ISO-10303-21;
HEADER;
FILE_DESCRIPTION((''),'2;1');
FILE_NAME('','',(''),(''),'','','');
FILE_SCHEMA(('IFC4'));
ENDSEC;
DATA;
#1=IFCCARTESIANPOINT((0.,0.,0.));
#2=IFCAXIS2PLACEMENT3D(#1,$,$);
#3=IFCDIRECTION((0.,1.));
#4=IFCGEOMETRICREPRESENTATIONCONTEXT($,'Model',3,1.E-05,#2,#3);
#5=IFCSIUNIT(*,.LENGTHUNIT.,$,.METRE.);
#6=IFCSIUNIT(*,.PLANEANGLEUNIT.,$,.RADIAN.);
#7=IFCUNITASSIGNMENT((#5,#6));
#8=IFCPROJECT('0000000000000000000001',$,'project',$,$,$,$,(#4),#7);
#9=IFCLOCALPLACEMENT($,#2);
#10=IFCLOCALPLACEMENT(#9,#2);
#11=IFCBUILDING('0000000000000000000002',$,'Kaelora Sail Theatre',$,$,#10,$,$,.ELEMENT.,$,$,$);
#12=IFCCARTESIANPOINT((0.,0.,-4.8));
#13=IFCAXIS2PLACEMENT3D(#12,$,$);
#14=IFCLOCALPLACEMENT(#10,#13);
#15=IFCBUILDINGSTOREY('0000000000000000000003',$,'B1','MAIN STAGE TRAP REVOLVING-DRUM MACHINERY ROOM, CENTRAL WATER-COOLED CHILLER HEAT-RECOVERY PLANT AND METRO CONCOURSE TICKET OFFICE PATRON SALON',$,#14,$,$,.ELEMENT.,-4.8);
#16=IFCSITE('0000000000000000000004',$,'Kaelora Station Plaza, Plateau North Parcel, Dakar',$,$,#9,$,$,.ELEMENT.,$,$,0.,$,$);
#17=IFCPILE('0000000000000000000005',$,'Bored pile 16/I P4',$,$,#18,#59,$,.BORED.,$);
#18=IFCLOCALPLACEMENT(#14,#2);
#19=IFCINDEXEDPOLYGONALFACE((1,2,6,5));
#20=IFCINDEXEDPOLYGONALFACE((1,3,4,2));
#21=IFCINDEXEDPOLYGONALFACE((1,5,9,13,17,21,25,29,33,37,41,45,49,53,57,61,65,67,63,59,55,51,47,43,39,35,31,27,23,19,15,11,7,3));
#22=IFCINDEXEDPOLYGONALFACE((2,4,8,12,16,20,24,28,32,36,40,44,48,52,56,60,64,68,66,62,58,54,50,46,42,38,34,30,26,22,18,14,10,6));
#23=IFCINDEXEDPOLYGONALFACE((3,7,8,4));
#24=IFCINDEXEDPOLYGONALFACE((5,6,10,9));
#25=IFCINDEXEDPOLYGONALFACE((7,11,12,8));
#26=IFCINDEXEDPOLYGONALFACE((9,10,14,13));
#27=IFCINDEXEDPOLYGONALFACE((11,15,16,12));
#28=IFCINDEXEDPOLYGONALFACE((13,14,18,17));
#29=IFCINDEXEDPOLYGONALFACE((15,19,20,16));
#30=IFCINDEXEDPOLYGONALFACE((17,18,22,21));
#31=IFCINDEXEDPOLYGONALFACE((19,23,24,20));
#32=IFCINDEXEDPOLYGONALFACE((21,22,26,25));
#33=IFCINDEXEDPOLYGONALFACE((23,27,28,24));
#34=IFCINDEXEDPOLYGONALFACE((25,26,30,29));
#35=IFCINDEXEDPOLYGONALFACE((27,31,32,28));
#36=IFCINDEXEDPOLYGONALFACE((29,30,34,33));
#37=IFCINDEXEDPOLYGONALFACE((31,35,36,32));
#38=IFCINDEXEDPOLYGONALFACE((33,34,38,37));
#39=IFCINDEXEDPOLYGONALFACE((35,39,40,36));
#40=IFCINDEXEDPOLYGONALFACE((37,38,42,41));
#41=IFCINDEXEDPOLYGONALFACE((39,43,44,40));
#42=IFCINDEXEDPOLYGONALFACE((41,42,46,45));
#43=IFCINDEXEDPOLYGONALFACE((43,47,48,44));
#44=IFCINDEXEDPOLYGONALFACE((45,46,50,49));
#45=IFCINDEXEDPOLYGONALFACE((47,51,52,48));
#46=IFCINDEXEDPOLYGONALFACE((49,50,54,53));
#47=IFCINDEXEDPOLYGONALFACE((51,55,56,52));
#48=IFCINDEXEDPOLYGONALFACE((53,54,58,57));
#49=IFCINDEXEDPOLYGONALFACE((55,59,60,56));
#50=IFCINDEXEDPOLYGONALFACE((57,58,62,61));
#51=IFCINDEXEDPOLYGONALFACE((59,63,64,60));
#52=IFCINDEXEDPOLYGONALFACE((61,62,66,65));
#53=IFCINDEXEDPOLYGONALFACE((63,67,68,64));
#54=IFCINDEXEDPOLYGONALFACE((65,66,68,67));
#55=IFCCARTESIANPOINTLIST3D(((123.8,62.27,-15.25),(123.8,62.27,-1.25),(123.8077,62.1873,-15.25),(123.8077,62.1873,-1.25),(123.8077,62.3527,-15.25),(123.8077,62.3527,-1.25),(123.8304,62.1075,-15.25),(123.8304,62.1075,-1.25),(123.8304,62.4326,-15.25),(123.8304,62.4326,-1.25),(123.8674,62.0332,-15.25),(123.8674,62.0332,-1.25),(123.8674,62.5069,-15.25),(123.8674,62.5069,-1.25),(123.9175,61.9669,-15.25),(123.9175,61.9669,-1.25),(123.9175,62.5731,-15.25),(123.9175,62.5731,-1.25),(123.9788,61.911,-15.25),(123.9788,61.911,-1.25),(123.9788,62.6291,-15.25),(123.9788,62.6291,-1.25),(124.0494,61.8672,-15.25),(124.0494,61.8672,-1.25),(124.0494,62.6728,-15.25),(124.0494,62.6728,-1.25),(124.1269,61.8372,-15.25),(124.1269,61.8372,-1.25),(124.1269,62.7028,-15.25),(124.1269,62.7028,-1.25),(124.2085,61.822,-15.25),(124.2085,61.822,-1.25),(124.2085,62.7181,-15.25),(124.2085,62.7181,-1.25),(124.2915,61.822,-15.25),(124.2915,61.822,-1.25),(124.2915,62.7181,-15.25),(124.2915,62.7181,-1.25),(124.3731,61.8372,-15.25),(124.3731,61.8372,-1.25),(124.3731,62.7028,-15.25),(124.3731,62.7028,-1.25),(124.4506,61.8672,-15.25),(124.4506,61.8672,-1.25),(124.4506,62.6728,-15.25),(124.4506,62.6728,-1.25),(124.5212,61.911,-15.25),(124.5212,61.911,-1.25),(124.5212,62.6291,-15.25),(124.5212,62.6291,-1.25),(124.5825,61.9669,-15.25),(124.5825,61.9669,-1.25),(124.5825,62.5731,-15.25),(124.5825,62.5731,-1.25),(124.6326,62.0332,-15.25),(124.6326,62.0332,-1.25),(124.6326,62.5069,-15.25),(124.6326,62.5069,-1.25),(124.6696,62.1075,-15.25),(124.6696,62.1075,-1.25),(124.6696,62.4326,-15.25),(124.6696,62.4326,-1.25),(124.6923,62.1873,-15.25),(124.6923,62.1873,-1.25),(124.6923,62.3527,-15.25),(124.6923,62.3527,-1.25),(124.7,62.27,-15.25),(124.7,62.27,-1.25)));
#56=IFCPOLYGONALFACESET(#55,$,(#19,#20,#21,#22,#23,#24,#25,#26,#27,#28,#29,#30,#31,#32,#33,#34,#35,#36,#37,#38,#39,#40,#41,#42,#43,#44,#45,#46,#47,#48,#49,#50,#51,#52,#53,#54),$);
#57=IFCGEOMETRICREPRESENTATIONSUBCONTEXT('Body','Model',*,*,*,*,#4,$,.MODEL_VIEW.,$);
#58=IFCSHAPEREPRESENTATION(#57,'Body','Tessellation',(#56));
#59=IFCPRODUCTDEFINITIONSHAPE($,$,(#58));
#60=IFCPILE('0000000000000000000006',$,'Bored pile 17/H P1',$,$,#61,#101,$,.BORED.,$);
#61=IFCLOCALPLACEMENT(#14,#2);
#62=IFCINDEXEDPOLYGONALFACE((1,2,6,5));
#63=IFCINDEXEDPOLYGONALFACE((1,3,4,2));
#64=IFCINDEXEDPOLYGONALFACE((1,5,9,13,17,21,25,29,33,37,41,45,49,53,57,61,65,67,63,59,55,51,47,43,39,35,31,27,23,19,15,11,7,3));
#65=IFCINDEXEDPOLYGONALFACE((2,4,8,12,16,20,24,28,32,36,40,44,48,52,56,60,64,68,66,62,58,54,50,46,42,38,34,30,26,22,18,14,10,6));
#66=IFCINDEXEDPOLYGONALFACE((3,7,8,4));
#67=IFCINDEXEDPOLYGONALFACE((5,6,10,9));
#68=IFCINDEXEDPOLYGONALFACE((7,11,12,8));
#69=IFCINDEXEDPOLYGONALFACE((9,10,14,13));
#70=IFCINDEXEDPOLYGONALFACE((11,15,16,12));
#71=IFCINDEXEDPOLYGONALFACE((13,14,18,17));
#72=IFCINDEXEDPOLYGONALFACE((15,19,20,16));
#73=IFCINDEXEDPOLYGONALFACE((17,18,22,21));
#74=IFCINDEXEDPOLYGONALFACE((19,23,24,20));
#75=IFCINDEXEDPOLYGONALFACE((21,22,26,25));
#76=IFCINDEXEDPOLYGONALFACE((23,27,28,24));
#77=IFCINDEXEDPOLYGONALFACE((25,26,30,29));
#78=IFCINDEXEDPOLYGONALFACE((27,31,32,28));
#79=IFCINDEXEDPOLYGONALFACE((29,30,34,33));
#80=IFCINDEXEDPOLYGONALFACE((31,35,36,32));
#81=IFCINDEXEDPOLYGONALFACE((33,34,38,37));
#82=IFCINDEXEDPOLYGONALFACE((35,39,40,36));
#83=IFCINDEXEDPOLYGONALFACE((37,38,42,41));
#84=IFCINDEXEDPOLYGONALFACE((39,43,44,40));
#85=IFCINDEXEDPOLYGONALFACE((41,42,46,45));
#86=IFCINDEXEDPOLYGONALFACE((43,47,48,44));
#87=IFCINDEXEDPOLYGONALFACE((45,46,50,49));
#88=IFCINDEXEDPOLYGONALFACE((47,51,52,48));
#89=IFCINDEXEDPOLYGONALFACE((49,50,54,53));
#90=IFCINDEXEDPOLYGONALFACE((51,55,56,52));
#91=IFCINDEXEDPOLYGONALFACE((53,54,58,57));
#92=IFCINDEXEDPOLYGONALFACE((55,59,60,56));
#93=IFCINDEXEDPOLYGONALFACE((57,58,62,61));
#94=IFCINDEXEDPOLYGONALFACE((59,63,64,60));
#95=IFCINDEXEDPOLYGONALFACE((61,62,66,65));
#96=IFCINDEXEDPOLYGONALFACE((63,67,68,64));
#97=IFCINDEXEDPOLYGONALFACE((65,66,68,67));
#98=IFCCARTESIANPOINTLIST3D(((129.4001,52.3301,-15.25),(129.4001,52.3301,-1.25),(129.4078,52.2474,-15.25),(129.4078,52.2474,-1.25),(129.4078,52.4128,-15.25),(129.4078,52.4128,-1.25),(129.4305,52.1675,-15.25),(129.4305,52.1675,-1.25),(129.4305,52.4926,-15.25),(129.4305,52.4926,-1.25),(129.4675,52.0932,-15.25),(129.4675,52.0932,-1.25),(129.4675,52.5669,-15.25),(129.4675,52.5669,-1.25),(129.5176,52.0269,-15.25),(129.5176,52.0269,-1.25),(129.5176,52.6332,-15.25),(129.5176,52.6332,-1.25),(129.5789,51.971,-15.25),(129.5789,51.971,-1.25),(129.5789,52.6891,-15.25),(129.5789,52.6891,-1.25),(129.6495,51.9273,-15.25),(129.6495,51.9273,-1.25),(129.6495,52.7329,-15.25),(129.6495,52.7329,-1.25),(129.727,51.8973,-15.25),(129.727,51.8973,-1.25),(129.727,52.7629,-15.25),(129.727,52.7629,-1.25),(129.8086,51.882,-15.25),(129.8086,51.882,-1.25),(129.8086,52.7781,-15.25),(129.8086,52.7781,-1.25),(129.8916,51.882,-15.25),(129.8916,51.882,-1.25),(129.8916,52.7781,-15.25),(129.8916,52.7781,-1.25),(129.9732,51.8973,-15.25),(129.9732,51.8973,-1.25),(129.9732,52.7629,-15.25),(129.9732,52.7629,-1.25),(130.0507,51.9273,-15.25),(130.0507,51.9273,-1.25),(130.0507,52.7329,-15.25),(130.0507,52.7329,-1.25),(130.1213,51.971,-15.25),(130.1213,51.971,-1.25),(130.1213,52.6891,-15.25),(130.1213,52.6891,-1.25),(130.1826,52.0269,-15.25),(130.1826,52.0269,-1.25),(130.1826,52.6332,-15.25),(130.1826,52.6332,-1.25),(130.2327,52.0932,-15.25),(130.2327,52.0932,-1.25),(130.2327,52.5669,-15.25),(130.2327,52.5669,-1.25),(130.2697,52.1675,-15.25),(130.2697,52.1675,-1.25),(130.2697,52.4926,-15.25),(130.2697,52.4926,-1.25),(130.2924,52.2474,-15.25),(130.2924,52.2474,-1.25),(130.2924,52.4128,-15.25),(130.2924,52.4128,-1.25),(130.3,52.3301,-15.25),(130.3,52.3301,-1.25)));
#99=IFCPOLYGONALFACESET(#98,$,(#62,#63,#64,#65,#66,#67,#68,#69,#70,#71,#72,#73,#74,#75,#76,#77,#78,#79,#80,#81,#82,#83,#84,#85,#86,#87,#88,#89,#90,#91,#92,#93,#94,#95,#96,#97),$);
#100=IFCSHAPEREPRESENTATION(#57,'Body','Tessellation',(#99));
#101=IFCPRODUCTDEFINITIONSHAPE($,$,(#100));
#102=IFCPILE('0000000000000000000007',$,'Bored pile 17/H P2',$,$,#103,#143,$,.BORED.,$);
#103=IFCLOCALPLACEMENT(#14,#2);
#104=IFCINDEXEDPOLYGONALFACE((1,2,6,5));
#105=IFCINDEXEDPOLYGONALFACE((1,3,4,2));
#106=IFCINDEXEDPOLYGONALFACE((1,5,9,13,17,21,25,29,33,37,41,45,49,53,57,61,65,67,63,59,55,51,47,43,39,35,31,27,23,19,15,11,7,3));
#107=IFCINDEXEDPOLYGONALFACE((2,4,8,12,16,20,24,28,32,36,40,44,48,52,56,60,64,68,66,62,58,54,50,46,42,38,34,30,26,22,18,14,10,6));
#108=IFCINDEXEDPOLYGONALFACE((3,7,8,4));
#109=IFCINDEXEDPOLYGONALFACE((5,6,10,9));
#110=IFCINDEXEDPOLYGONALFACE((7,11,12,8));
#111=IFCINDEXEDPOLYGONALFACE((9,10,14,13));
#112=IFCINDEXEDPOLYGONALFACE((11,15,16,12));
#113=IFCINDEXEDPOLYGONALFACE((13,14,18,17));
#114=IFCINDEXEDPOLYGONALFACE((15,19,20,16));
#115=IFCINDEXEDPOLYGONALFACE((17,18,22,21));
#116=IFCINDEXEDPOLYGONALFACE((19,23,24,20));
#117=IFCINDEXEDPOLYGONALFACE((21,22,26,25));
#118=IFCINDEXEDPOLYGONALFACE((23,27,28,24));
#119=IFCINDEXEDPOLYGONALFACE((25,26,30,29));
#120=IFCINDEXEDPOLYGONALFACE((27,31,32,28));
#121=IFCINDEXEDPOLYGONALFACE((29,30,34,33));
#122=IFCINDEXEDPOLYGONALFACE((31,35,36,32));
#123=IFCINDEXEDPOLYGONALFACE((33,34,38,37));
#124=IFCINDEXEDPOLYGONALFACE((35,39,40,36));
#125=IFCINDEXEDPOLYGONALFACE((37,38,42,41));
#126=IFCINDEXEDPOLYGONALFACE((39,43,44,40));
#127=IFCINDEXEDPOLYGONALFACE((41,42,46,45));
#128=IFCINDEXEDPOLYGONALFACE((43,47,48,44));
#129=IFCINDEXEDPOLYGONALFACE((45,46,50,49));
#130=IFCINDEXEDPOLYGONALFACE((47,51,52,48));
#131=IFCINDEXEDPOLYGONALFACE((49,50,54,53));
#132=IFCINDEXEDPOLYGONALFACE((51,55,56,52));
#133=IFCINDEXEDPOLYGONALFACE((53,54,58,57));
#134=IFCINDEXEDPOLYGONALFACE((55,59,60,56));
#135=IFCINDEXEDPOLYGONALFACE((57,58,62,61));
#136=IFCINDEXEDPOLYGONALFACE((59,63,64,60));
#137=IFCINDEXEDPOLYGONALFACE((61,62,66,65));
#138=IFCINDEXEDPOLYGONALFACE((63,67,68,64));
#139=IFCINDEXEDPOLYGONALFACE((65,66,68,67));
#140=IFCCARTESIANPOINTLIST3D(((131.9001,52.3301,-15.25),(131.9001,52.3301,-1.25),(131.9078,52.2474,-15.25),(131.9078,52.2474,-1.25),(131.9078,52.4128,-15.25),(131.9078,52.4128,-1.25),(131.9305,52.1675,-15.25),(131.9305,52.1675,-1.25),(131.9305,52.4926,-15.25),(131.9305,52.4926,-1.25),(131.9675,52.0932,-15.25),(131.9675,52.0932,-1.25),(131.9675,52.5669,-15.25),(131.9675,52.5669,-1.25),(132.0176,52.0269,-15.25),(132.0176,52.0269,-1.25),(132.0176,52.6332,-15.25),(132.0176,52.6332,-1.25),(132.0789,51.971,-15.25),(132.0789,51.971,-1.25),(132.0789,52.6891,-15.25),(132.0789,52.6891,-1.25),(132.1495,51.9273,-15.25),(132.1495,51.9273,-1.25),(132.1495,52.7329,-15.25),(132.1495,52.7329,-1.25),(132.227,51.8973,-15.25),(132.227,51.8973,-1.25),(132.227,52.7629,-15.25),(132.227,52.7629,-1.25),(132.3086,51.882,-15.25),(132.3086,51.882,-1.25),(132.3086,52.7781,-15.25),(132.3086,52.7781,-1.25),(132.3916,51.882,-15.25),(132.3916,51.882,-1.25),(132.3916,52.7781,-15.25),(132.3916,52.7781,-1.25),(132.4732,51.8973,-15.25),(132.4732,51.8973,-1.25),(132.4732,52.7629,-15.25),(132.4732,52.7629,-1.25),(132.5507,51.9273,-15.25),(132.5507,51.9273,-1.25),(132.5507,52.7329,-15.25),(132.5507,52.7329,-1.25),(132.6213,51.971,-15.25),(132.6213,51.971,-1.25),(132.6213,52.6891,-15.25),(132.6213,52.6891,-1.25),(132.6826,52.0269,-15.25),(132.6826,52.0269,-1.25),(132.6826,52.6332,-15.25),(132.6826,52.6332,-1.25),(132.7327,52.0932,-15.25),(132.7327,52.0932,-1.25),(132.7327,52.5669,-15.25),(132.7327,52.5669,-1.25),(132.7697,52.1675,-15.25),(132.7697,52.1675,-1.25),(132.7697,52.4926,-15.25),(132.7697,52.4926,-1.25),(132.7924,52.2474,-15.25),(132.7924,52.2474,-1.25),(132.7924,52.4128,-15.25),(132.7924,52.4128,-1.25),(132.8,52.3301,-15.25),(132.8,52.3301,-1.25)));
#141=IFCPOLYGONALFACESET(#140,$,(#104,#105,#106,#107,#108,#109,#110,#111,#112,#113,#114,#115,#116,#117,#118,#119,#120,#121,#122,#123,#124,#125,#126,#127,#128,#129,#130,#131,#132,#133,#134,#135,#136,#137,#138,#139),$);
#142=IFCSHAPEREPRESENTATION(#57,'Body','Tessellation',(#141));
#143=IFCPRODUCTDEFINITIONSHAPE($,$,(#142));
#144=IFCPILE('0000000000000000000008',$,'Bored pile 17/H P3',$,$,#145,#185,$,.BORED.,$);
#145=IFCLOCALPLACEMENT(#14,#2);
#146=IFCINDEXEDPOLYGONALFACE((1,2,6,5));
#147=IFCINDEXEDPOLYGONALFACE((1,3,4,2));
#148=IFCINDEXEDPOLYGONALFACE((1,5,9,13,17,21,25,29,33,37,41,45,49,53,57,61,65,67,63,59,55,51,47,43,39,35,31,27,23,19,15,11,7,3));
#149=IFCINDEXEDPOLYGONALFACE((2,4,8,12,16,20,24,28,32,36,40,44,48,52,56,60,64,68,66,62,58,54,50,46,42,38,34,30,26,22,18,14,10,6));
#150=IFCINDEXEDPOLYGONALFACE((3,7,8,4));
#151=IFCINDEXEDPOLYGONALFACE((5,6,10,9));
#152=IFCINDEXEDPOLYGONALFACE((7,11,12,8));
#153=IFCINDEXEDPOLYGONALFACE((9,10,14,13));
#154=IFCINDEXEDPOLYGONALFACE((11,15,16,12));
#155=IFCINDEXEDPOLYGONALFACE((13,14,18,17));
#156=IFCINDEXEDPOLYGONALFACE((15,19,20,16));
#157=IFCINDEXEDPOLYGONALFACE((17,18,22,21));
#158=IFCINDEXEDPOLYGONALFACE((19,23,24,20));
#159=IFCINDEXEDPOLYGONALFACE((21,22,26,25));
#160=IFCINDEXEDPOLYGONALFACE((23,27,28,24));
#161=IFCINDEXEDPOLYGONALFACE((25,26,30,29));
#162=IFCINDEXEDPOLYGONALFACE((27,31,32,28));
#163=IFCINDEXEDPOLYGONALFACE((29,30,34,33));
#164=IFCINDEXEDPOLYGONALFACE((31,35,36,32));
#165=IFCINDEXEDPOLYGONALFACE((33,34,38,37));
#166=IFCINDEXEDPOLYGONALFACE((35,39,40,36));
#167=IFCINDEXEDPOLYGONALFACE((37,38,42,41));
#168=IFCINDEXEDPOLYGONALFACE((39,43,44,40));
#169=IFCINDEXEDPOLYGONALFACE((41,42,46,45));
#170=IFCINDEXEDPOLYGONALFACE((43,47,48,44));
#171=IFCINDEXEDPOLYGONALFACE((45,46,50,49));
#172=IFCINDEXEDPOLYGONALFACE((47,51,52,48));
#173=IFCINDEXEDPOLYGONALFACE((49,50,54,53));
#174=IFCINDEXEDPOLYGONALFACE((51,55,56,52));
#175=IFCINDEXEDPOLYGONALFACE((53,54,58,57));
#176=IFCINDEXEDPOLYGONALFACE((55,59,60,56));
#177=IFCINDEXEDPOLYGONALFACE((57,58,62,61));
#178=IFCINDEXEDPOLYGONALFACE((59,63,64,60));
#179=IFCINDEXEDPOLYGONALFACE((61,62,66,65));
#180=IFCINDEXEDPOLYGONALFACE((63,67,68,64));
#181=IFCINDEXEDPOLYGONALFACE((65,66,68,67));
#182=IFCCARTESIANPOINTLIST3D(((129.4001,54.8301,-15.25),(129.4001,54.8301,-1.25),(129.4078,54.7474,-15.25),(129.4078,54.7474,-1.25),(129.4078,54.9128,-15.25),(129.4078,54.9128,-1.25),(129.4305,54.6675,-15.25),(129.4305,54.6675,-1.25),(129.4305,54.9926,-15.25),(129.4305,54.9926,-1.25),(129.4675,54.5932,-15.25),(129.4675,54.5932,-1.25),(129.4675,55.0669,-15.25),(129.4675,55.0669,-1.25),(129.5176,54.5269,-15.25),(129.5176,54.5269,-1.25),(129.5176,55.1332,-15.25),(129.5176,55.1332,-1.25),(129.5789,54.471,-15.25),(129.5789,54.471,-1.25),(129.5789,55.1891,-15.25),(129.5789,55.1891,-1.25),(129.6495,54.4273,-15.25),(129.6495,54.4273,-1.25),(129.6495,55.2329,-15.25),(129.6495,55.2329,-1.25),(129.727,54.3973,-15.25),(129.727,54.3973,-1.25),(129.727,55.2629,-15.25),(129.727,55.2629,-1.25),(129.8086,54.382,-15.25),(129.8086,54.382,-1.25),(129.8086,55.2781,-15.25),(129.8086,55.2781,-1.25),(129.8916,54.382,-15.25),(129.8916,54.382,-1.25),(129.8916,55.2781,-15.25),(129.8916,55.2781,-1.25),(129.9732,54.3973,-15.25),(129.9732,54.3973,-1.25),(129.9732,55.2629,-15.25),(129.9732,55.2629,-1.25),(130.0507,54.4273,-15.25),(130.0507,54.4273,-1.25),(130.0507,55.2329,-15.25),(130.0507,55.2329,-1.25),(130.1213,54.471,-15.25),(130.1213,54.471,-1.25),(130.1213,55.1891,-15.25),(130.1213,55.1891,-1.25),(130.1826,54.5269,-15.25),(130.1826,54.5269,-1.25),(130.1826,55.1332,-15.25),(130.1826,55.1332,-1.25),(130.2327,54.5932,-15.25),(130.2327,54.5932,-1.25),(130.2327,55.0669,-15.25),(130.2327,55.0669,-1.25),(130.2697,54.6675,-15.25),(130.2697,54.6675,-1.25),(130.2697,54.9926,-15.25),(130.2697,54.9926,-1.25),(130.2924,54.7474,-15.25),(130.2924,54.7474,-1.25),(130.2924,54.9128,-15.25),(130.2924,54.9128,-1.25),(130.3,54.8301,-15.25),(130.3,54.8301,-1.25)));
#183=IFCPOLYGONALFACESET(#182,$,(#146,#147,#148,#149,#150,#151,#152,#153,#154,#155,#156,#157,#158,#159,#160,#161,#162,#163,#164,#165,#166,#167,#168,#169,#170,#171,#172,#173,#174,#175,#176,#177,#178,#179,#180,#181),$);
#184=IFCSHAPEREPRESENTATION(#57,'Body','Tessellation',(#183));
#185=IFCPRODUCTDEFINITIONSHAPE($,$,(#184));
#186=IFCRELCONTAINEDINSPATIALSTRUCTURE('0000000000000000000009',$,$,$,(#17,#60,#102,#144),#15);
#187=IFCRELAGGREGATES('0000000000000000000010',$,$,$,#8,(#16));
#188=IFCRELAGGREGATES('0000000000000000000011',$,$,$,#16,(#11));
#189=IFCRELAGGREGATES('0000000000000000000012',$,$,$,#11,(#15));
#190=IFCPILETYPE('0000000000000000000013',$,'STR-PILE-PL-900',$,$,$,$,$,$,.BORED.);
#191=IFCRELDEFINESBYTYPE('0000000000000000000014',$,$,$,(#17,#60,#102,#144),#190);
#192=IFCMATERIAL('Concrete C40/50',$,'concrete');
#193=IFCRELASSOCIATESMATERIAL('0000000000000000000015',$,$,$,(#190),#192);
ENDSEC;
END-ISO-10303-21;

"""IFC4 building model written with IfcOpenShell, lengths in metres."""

from ifc_helpers import new_model, si_unit, direction, frame, origin, origin_2d, place, context, subcontext, project, spatial, circle, extrude, material, material_profile, profile_set, type_object, element, save


model = new_model("IFC4")

# Units and contexts
model_context = context("Model", 3, precision=1e-05, world=origin(), true_north=direction((0.0, 1.0)))
body_context = subcontext(model_context, "Body", "Model", "MODEL_VIEW")
ifc_project = project(units=[si_unit("LENGTHUNIT", "METRE"), si_unit("PLANEANGLEUNIT", "RADIAN")], contexts=[model_context])

# Site, building, storey
site_placement = place(None, origin())
site = spatial("IfcSite", under=ifc_project, at=site_placement, Name="Kaelora Station Plaza, Plateau North Parcel, Dakar", CompositionType="ELEMENT", RefElevation=0.0)
building_placement = place(site_placement, origin())
building = spatial("IfcBuilding", under=site, at=building_placement, Name="Kaelora Sail Theatre", CompositionType="ELEMENT")
storey_placement = place(building_placement, frame((0.0, 0.0, -4.8)))
storey = spatial("IfcBuildingStorey", under=building, at=storey_placement, Name="B1", Description="MAIN STAGE TRAP REVOLVING-DRUM MACHINERY ROOM, CENTRAL WATER-COOLED CHILLER HEAT-RECOVERY PLANT AND METRO CONCOURSE TICKET OFFICE PATRON SALON", CompositionType="ELEMENT", Elevation=-4.8)

# Piles
ifc_material_1 = material(Name="Concrete C40/50", Category="concrete")
ifc_material_profile_1 = material_profile(ifc_material_1, circle(Radius=0.45, at=origin_2d()), Name="PILE D900")
ifc_profile_set_1 = profile_set([ifc_material_profile_1], Name="Concrete C40/50")
pile_type_1 = type_object("IfcPileType", Name="STR-PILE-PL-900", PredefinedType="BORED", material=ifc_profile_set_1)
for number, where, z_axis, x_axis, name in (
    (1, (124.25, 62.27, -1.25), (0.0, 0.0, -1.0), (1.0, 0.0, 0.0), "Bored pile 16/I P4"),
    (2, (129.8501, 52.3301, -1.25), (0.0, 0.0, -1.0), (1.0, 0.0, 0.0), "Bored pile 17/H P1"),
    (3, (132.3501, 52.3301, -1.25), (0.0, 0.0, -1.0), (1.0, 0.0, 0.0), "Bored pile 17/H P2"),
    (4, (129.8501, 54.8301, -1.25), (0.0, 0.0, -1.0), (1.0, 0.0, 0.0), "Bored pile 17/H P3"),
):
    element("IfcPile", number, at=place(storey_placement, frame(where, z_axis=z_axis, x_axis=x_axis)), inside=storey, type_object=pile_type_1, Name=name, PredefinedType="BORED", context=body_context, shape_type="SweptSolid", body=[
        extrude(circle(Radius=0.45, at=origin_2d()), origin(), (0.0, 0.0, 1.0), 14.0),
    ])

save(model, "model.ifc")
